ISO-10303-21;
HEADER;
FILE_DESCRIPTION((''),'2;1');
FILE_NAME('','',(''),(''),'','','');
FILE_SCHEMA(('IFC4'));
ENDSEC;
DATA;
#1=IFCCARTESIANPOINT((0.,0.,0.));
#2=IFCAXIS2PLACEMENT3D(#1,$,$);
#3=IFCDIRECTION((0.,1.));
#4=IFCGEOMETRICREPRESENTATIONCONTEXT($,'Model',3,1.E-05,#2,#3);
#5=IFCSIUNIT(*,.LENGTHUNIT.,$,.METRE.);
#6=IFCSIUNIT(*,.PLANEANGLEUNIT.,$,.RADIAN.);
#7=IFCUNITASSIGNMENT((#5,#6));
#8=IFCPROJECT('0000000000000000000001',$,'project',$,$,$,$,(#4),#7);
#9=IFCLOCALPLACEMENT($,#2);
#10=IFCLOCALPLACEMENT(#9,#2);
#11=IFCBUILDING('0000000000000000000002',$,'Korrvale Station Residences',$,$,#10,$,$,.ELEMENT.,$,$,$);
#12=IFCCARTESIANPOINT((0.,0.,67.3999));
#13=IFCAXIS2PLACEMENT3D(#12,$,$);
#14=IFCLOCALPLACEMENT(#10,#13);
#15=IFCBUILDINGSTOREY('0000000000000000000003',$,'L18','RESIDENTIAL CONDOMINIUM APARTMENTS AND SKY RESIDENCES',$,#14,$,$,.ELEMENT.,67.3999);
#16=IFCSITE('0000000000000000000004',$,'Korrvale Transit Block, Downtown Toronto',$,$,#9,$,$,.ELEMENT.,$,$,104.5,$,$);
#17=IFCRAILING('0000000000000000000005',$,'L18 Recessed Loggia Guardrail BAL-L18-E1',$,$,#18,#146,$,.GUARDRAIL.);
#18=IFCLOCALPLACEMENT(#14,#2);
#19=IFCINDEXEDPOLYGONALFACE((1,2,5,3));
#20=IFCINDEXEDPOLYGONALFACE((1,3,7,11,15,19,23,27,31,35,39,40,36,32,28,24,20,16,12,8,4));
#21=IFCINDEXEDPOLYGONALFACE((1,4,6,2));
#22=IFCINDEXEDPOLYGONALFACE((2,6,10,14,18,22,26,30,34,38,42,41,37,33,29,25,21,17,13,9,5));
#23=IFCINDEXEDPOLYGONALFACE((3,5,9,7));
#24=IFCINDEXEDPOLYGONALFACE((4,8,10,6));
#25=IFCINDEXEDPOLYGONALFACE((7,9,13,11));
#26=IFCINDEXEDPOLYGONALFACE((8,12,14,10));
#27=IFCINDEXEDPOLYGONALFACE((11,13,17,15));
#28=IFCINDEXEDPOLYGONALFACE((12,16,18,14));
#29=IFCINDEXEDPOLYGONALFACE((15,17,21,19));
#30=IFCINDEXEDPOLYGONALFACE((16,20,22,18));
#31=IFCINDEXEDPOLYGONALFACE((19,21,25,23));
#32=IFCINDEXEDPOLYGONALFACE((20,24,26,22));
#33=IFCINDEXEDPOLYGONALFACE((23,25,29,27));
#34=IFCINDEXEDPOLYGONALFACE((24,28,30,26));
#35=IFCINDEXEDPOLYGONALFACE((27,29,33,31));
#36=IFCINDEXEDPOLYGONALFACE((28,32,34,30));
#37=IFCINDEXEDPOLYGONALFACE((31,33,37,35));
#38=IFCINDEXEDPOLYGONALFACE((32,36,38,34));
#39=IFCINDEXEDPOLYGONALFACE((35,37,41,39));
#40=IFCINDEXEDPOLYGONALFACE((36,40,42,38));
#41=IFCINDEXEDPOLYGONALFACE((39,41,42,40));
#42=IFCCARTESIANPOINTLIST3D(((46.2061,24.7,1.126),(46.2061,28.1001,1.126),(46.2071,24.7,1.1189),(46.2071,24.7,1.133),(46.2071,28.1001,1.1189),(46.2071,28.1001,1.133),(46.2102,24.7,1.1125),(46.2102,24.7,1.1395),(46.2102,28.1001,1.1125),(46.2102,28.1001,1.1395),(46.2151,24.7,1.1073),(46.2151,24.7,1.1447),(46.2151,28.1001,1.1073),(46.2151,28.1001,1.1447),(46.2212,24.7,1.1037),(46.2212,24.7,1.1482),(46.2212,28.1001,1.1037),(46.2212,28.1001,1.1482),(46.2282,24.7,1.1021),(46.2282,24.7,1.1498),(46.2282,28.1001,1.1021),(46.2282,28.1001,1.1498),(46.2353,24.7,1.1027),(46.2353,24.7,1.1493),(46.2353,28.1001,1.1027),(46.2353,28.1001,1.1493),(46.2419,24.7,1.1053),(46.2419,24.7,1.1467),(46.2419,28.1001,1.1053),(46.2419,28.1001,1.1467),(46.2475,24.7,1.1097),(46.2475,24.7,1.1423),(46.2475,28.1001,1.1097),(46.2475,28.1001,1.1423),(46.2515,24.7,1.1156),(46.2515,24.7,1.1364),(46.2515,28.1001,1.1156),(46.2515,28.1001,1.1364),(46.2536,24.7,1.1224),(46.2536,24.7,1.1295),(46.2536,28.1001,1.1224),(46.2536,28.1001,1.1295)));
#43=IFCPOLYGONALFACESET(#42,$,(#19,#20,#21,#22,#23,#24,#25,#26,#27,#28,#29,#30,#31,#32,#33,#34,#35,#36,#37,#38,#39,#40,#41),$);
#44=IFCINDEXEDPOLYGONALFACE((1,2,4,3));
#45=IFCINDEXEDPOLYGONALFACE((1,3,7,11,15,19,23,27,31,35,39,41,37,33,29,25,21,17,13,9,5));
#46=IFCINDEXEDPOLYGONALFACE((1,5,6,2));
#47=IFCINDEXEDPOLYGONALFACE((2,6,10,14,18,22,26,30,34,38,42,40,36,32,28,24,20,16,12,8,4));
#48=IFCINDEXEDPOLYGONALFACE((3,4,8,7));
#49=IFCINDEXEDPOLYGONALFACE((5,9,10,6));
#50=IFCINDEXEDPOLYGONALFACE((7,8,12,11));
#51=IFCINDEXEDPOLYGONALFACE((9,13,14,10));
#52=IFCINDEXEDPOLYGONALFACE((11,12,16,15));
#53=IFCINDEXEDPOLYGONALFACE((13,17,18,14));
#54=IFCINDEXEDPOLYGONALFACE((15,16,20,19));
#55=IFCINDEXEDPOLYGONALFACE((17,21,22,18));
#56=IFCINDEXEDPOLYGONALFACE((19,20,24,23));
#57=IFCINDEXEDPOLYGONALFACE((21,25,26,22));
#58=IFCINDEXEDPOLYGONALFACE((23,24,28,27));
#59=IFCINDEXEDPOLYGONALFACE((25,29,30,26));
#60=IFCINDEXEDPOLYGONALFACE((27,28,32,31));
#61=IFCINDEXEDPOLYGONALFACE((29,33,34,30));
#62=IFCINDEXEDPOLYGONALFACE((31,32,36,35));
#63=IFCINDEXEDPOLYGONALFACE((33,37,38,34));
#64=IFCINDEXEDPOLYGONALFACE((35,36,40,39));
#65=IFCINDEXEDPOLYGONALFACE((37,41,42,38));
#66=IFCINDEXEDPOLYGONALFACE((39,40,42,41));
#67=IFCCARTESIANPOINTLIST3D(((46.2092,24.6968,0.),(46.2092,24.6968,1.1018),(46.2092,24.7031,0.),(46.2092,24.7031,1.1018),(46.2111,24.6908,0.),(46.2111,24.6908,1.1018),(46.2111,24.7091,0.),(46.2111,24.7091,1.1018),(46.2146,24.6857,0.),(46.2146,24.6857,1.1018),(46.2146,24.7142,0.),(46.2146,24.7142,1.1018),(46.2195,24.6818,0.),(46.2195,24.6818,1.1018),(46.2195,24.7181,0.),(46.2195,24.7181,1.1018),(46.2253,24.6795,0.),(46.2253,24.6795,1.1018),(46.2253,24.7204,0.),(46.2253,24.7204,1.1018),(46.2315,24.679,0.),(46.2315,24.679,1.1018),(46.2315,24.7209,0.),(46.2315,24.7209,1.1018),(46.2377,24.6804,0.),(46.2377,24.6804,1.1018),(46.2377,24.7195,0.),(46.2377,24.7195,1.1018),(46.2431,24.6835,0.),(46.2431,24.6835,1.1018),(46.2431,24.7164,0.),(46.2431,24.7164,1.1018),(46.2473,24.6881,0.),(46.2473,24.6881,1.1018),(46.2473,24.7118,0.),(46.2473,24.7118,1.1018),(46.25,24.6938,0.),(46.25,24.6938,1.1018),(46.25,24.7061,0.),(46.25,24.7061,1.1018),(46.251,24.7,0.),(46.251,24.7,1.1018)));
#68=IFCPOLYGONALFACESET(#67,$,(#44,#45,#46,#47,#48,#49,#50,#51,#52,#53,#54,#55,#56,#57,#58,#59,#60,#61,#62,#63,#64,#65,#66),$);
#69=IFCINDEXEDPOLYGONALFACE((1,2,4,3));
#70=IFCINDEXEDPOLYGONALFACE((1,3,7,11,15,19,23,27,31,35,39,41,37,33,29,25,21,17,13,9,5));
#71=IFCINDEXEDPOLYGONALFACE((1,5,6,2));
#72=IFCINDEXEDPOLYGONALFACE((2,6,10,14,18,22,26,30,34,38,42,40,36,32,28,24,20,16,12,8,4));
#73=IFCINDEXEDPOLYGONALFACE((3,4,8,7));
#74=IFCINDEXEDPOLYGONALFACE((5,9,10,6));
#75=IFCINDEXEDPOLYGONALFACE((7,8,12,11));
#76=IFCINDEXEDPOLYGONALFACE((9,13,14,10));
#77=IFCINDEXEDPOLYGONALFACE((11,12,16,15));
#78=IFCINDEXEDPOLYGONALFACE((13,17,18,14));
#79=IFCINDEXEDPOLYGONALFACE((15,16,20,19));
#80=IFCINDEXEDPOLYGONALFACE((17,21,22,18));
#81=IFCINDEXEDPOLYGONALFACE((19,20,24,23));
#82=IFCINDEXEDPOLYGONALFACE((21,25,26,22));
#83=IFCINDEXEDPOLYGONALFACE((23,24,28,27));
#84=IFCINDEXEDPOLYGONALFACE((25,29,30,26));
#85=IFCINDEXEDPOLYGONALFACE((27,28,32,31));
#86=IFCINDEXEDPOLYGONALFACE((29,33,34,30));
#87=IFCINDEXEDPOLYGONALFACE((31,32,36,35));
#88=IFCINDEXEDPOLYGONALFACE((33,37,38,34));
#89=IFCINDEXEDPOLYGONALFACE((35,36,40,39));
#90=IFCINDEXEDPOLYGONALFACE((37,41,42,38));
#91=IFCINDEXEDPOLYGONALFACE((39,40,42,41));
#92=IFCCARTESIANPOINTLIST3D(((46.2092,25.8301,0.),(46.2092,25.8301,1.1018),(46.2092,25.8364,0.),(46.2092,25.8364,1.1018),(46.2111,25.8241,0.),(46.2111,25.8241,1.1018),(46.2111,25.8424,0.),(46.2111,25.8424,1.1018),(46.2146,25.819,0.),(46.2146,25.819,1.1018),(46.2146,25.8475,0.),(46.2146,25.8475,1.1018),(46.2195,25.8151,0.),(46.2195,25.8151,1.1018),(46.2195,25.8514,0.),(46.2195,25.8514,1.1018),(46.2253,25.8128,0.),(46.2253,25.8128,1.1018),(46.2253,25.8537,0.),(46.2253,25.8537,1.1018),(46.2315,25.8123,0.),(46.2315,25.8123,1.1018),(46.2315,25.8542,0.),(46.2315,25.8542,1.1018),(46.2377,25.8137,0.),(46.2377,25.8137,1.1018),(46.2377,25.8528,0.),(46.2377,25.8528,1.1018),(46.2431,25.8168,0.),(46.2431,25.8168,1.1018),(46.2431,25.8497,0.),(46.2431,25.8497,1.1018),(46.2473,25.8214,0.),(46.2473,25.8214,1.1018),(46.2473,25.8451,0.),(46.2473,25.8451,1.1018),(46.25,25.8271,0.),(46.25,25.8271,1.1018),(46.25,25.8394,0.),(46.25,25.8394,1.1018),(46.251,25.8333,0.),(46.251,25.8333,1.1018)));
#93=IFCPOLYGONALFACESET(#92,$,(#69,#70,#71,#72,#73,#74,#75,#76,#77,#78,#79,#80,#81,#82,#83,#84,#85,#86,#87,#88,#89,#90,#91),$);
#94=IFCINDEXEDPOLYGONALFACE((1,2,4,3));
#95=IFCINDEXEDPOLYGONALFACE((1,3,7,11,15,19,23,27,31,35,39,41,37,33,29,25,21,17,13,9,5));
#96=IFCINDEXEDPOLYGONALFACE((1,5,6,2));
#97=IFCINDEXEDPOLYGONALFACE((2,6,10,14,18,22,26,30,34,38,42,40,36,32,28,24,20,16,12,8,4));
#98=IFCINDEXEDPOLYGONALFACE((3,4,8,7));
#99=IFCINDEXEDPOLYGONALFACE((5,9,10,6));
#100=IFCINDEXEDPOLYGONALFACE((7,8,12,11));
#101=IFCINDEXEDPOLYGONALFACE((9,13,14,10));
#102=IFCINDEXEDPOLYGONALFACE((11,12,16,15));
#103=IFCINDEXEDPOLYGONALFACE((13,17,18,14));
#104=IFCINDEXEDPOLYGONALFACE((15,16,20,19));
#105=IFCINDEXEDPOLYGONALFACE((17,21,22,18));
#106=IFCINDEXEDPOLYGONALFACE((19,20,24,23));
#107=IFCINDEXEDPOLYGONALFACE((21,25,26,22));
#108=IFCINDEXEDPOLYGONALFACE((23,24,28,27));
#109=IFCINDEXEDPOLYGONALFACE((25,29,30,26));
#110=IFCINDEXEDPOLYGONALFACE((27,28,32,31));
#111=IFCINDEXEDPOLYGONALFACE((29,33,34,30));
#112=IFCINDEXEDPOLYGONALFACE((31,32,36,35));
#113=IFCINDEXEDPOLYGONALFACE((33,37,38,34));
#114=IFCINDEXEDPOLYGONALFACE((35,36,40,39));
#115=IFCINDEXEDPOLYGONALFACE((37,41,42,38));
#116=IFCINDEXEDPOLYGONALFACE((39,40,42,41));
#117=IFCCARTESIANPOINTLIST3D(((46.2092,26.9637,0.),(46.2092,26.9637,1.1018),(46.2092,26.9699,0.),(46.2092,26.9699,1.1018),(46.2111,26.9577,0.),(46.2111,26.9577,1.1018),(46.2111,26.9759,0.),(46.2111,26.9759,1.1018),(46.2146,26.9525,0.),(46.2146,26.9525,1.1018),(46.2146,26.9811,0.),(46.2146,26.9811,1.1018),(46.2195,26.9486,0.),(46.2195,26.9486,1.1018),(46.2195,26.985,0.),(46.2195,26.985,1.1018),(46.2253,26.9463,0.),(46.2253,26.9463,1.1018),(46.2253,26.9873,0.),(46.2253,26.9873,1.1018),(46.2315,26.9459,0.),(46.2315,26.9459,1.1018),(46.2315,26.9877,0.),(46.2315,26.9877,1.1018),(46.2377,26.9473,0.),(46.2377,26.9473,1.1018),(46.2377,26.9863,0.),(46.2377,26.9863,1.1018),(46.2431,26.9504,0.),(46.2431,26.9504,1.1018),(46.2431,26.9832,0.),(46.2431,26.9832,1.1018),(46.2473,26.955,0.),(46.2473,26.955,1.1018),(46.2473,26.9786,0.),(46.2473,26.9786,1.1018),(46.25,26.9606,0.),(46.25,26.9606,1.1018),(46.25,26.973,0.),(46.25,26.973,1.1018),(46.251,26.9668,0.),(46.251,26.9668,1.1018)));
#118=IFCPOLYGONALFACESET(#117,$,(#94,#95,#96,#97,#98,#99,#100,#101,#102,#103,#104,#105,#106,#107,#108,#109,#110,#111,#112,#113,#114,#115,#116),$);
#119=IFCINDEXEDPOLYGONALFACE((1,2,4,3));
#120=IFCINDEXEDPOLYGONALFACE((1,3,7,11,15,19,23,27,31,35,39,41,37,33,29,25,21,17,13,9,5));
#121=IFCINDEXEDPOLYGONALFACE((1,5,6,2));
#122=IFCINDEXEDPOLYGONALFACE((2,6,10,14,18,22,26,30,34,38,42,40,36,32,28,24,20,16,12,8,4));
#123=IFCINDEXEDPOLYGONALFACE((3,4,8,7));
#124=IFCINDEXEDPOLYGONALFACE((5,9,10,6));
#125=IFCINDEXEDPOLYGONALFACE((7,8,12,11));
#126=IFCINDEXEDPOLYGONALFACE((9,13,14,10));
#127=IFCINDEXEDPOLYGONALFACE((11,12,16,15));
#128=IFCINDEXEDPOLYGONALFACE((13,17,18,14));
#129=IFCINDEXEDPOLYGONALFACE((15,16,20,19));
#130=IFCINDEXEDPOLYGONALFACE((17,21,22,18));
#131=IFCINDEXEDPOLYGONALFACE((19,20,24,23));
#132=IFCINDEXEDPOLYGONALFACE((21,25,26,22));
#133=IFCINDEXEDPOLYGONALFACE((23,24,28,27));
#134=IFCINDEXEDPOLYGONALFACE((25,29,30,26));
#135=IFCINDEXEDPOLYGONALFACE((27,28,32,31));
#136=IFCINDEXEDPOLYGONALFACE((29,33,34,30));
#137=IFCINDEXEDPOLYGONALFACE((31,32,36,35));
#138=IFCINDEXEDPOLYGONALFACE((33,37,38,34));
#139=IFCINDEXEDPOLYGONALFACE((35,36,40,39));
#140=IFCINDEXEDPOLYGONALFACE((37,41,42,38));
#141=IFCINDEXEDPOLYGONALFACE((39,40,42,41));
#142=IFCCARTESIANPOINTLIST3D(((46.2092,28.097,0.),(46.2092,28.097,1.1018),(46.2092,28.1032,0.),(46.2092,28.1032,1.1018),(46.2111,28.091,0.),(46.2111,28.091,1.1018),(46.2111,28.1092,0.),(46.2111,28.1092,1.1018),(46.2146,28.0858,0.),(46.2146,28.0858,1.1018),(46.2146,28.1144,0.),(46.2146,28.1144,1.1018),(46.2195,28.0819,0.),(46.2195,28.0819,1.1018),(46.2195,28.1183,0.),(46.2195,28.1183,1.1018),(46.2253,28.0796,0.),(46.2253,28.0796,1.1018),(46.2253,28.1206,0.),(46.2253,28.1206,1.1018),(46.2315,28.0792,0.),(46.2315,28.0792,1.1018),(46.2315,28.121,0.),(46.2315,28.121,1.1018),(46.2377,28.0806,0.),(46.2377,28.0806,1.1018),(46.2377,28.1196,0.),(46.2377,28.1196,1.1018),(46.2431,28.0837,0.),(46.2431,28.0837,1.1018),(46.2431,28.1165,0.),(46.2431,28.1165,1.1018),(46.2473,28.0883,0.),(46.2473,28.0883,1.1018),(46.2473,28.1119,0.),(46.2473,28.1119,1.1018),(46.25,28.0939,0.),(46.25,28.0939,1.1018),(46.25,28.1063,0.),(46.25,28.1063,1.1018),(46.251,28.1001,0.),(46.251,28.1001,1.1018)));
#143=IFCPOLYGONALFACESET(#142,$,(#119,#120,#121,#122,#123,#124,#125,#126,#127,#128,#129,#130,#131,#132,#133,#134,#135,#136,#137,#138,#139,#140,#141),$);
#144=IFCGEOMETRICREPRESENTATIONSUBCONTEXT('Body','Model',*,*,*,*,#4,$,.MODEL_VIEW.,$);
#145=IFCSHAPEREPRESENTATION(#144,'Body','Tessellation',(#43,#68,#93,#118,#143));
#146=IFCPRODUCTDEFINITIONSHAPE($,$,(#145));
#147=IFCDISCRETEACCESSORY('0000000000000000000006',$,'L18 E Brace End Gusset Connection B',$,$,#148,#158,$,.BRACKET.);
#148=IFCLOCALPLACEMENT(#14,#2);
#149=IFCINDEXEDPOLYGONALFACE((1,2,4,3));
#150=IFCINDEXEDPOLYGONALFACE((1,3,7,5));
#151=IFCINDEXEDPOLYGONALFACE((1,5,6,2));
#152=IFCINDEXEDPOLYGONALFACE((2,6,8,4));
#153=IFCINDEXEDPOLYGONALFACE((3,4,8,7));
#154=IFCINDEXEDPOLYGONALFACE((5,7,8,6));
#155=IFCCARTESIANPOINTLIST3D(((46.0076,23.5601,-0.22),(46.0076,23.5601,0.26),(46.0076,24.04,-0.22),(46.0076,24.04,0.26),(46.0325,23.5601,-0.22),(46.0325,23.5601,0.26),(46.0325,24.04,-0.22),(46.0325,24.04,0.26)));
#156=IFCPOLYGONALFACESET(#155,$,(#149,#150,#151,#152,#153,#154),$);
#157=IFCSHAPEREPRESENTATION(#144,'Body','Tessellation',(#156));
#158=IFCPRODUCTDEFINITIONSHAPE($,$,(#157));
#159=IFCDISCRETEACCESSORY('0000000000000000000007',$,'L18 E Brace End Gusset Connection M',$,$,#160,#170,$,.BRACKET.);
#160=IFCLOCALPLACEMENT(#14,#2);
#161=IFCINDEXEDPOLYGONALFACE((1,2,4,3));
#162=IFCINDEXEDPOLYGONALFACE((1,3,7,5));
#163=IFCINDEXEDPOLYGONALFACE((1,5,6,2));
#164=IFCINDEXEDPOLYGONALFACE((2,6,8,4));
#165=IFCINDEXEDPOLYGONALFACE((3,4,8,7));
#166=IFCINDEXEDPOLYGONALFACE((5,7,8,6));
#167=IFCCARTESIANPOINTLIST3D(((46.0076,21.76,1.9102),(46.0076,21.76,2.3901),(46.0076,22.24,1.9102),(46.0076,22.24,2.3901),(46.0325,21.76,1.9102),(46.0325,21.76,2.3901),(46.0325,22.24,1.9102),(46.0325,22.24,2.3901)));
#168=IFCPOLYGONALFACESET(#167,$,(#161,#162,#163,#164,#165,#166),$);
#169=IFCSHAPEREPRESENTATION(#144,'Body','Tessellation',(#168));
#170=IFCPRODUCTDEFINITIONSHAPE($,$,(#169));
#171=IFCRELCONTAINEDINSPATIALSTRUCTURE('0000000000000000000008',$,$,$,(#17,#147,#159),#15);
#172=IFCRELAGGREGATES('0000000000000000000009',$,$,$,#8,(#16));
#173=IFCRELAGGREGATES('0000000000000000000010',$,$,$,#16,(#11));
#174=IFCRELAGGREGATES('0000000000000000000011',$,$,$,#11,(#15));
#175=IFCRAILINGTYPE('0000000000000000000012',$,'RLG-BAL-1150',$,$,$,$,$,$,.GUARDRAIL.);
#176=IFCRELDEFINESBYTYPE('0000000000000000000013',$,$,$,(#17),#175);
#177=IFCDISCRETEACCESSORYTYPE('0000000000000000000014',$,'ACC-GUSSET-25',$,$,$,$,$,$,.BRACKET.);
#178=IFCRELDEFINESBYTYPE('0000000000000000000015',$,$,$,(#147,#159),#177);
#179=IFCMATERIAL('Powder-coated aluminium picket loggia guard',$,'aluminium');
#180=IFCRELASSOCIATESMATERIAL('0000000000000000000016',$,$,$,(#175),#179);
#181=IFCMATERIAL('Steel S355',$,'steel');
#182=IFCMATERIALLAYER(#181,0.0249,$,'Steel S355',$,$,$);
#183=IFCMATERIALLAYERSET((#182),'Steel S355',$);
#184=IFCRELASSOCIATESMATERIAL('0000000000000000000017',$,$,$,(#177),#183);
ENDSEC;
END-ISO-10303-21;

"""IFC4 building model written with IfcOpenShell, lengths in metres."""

from ifc_helpers import new_model, si_unit, direction, frame, origin, origin_2d, place, context, subcontext, project, spatial, rectangle, circle, extrude, material, layer, layer_set, type_object, element, save


model = new_model("IFC4")

# Units and contexts
model_context = context("Model", 3, precision=1e-05, world=origin(), true_north=direction((0.0, 1.0)))
body_context = subcontext(model_context, "Body", "Model", "MODEL_VIEW")
ifc_project = project(units=[si_unit("LENGTHUNIT", "METRE"), si_unit("PLANEANGLEUNIT", "RADIAN")], contexts=[model_context])

# Site, building, storey
site_placement = place(None, origin())
site = spatial("IfcSite", under=ifc_project, at=site_placement, Name="Korrvale Transit Block, Downtown Toronto", CompositionType="ELEMENT", RefElevation=104.5)
building_placement = place(site_placement, origin())
building = spatial("IfcBuilding", under=site, at=building_placement, Name="Korrvale Station Residences", CompositionType="ELEMENT")
storey_placement = place(building_placement, frame((0.0, 0.0, 67.3999)))
storey = spatial("IfcBuildingStorey", under=building, at=storey_placement, Name="L18", Description="RESIDENTIAL CONDOMINIUM APARTMENTS AND SKY RESIDENCES", CompositionType="ELEMENT", Elevation=67.3999)

# Shared definitions
ifc_material_1 = material(Name="Steel S355", Category="steel")

# Railing
ifc_material_2 = material(Name="Powder-coated aluminium picket loggia guard", Category="aluminium")
railing_type = type_object("IfcRailingType", Name="RLG-BAL-1150", PredefinedType="GUARDRAIL", material=ifc_material_2)
railing_placement = place(storey_placement, frame((46.23, 24.7, 0.0)))
element("IfcRailing", 1, at=railing_placement, inside=storey, type_object=railing_type, Name="L18 Recessed Loggia Guardrail BAL-L18-E1", PredefinedType="GUARDRAIL", context=body_context, shape_type="SweptSolid", body=[
    extrude(circle(Radius=0.0239, at=origin_2d()), frame((0.0, 0.0, 1.126), z_axis=(0.0, 1.0, 0.0), x_axis=(-1.0, 0.0, 0.0)), (0.0, 0.0, 1.0), 3.4001),
    extrude(circle(Radius=0.021, at=origin_2d()), origin(), (0.0, 0.0, 1.0), 1.1018),
    extrude(circle(Radius=0.021, at=origin_2d()), frame((0.0, 1.1333, 0.0)), (0.0, 0.0, 1.0), 1.1018),
    extrude(circle(Radius=0.021, at=origin_2d()), frame((0.0, 2.2668, 0.0)), (0.0, 0.0, 1.0), 1.1018),
    extrude(circle(Radius=0.021, at=origin_2d()), frame((0.0, 3.4001, 0.0)), (0.0, 0.0, 1.0), 1.1018),
])

# Discrete accessories
ifc_layer_1 = layer(ifc_material_1, 0.0249, Name="Steel S355")
ifc_layer_set_1 = layer_set([ifc_layer_1], Name="Steel S355")
discrete_accessory_type = type_object("IfcDiscreteAccessoryType", Name="ACC-GUSSET-25", PredefinedType="BRACKET", material=ifc_layer_set_1)
for number, where, z_axis, x_axis, name in (
    (2, (46.02, 23.8, -0.22), (0.0, 0.0, 1.0), (0.0, 1.0, 0.0), "L18 E Brace End Gusset Connection B"),
    (3, (46.02, 22.0, 1.9102), (0.0, 0.0, 1.0), (0.0, 1.0, 0.0), "L18 E Brace End Gusset Connection M"),
):
    element("IfcDiscreteAccessory", number, at=place(storey_placement, frame(where, z_axis=z_axis, x_axis=x_axis)), inside=storey, type_object=discrete_accessory_type, Name=name, PredefinedType="BRACKET", context=body_context, shape_type="SweptSolid", body=[
        extrude(rectangle(XDim=0.48, YDim=0.0249, at=origin_2d()), origin(), (0.0, 0.0, 1.0), 0.48),
    ])

save(model, "model.ifc")
